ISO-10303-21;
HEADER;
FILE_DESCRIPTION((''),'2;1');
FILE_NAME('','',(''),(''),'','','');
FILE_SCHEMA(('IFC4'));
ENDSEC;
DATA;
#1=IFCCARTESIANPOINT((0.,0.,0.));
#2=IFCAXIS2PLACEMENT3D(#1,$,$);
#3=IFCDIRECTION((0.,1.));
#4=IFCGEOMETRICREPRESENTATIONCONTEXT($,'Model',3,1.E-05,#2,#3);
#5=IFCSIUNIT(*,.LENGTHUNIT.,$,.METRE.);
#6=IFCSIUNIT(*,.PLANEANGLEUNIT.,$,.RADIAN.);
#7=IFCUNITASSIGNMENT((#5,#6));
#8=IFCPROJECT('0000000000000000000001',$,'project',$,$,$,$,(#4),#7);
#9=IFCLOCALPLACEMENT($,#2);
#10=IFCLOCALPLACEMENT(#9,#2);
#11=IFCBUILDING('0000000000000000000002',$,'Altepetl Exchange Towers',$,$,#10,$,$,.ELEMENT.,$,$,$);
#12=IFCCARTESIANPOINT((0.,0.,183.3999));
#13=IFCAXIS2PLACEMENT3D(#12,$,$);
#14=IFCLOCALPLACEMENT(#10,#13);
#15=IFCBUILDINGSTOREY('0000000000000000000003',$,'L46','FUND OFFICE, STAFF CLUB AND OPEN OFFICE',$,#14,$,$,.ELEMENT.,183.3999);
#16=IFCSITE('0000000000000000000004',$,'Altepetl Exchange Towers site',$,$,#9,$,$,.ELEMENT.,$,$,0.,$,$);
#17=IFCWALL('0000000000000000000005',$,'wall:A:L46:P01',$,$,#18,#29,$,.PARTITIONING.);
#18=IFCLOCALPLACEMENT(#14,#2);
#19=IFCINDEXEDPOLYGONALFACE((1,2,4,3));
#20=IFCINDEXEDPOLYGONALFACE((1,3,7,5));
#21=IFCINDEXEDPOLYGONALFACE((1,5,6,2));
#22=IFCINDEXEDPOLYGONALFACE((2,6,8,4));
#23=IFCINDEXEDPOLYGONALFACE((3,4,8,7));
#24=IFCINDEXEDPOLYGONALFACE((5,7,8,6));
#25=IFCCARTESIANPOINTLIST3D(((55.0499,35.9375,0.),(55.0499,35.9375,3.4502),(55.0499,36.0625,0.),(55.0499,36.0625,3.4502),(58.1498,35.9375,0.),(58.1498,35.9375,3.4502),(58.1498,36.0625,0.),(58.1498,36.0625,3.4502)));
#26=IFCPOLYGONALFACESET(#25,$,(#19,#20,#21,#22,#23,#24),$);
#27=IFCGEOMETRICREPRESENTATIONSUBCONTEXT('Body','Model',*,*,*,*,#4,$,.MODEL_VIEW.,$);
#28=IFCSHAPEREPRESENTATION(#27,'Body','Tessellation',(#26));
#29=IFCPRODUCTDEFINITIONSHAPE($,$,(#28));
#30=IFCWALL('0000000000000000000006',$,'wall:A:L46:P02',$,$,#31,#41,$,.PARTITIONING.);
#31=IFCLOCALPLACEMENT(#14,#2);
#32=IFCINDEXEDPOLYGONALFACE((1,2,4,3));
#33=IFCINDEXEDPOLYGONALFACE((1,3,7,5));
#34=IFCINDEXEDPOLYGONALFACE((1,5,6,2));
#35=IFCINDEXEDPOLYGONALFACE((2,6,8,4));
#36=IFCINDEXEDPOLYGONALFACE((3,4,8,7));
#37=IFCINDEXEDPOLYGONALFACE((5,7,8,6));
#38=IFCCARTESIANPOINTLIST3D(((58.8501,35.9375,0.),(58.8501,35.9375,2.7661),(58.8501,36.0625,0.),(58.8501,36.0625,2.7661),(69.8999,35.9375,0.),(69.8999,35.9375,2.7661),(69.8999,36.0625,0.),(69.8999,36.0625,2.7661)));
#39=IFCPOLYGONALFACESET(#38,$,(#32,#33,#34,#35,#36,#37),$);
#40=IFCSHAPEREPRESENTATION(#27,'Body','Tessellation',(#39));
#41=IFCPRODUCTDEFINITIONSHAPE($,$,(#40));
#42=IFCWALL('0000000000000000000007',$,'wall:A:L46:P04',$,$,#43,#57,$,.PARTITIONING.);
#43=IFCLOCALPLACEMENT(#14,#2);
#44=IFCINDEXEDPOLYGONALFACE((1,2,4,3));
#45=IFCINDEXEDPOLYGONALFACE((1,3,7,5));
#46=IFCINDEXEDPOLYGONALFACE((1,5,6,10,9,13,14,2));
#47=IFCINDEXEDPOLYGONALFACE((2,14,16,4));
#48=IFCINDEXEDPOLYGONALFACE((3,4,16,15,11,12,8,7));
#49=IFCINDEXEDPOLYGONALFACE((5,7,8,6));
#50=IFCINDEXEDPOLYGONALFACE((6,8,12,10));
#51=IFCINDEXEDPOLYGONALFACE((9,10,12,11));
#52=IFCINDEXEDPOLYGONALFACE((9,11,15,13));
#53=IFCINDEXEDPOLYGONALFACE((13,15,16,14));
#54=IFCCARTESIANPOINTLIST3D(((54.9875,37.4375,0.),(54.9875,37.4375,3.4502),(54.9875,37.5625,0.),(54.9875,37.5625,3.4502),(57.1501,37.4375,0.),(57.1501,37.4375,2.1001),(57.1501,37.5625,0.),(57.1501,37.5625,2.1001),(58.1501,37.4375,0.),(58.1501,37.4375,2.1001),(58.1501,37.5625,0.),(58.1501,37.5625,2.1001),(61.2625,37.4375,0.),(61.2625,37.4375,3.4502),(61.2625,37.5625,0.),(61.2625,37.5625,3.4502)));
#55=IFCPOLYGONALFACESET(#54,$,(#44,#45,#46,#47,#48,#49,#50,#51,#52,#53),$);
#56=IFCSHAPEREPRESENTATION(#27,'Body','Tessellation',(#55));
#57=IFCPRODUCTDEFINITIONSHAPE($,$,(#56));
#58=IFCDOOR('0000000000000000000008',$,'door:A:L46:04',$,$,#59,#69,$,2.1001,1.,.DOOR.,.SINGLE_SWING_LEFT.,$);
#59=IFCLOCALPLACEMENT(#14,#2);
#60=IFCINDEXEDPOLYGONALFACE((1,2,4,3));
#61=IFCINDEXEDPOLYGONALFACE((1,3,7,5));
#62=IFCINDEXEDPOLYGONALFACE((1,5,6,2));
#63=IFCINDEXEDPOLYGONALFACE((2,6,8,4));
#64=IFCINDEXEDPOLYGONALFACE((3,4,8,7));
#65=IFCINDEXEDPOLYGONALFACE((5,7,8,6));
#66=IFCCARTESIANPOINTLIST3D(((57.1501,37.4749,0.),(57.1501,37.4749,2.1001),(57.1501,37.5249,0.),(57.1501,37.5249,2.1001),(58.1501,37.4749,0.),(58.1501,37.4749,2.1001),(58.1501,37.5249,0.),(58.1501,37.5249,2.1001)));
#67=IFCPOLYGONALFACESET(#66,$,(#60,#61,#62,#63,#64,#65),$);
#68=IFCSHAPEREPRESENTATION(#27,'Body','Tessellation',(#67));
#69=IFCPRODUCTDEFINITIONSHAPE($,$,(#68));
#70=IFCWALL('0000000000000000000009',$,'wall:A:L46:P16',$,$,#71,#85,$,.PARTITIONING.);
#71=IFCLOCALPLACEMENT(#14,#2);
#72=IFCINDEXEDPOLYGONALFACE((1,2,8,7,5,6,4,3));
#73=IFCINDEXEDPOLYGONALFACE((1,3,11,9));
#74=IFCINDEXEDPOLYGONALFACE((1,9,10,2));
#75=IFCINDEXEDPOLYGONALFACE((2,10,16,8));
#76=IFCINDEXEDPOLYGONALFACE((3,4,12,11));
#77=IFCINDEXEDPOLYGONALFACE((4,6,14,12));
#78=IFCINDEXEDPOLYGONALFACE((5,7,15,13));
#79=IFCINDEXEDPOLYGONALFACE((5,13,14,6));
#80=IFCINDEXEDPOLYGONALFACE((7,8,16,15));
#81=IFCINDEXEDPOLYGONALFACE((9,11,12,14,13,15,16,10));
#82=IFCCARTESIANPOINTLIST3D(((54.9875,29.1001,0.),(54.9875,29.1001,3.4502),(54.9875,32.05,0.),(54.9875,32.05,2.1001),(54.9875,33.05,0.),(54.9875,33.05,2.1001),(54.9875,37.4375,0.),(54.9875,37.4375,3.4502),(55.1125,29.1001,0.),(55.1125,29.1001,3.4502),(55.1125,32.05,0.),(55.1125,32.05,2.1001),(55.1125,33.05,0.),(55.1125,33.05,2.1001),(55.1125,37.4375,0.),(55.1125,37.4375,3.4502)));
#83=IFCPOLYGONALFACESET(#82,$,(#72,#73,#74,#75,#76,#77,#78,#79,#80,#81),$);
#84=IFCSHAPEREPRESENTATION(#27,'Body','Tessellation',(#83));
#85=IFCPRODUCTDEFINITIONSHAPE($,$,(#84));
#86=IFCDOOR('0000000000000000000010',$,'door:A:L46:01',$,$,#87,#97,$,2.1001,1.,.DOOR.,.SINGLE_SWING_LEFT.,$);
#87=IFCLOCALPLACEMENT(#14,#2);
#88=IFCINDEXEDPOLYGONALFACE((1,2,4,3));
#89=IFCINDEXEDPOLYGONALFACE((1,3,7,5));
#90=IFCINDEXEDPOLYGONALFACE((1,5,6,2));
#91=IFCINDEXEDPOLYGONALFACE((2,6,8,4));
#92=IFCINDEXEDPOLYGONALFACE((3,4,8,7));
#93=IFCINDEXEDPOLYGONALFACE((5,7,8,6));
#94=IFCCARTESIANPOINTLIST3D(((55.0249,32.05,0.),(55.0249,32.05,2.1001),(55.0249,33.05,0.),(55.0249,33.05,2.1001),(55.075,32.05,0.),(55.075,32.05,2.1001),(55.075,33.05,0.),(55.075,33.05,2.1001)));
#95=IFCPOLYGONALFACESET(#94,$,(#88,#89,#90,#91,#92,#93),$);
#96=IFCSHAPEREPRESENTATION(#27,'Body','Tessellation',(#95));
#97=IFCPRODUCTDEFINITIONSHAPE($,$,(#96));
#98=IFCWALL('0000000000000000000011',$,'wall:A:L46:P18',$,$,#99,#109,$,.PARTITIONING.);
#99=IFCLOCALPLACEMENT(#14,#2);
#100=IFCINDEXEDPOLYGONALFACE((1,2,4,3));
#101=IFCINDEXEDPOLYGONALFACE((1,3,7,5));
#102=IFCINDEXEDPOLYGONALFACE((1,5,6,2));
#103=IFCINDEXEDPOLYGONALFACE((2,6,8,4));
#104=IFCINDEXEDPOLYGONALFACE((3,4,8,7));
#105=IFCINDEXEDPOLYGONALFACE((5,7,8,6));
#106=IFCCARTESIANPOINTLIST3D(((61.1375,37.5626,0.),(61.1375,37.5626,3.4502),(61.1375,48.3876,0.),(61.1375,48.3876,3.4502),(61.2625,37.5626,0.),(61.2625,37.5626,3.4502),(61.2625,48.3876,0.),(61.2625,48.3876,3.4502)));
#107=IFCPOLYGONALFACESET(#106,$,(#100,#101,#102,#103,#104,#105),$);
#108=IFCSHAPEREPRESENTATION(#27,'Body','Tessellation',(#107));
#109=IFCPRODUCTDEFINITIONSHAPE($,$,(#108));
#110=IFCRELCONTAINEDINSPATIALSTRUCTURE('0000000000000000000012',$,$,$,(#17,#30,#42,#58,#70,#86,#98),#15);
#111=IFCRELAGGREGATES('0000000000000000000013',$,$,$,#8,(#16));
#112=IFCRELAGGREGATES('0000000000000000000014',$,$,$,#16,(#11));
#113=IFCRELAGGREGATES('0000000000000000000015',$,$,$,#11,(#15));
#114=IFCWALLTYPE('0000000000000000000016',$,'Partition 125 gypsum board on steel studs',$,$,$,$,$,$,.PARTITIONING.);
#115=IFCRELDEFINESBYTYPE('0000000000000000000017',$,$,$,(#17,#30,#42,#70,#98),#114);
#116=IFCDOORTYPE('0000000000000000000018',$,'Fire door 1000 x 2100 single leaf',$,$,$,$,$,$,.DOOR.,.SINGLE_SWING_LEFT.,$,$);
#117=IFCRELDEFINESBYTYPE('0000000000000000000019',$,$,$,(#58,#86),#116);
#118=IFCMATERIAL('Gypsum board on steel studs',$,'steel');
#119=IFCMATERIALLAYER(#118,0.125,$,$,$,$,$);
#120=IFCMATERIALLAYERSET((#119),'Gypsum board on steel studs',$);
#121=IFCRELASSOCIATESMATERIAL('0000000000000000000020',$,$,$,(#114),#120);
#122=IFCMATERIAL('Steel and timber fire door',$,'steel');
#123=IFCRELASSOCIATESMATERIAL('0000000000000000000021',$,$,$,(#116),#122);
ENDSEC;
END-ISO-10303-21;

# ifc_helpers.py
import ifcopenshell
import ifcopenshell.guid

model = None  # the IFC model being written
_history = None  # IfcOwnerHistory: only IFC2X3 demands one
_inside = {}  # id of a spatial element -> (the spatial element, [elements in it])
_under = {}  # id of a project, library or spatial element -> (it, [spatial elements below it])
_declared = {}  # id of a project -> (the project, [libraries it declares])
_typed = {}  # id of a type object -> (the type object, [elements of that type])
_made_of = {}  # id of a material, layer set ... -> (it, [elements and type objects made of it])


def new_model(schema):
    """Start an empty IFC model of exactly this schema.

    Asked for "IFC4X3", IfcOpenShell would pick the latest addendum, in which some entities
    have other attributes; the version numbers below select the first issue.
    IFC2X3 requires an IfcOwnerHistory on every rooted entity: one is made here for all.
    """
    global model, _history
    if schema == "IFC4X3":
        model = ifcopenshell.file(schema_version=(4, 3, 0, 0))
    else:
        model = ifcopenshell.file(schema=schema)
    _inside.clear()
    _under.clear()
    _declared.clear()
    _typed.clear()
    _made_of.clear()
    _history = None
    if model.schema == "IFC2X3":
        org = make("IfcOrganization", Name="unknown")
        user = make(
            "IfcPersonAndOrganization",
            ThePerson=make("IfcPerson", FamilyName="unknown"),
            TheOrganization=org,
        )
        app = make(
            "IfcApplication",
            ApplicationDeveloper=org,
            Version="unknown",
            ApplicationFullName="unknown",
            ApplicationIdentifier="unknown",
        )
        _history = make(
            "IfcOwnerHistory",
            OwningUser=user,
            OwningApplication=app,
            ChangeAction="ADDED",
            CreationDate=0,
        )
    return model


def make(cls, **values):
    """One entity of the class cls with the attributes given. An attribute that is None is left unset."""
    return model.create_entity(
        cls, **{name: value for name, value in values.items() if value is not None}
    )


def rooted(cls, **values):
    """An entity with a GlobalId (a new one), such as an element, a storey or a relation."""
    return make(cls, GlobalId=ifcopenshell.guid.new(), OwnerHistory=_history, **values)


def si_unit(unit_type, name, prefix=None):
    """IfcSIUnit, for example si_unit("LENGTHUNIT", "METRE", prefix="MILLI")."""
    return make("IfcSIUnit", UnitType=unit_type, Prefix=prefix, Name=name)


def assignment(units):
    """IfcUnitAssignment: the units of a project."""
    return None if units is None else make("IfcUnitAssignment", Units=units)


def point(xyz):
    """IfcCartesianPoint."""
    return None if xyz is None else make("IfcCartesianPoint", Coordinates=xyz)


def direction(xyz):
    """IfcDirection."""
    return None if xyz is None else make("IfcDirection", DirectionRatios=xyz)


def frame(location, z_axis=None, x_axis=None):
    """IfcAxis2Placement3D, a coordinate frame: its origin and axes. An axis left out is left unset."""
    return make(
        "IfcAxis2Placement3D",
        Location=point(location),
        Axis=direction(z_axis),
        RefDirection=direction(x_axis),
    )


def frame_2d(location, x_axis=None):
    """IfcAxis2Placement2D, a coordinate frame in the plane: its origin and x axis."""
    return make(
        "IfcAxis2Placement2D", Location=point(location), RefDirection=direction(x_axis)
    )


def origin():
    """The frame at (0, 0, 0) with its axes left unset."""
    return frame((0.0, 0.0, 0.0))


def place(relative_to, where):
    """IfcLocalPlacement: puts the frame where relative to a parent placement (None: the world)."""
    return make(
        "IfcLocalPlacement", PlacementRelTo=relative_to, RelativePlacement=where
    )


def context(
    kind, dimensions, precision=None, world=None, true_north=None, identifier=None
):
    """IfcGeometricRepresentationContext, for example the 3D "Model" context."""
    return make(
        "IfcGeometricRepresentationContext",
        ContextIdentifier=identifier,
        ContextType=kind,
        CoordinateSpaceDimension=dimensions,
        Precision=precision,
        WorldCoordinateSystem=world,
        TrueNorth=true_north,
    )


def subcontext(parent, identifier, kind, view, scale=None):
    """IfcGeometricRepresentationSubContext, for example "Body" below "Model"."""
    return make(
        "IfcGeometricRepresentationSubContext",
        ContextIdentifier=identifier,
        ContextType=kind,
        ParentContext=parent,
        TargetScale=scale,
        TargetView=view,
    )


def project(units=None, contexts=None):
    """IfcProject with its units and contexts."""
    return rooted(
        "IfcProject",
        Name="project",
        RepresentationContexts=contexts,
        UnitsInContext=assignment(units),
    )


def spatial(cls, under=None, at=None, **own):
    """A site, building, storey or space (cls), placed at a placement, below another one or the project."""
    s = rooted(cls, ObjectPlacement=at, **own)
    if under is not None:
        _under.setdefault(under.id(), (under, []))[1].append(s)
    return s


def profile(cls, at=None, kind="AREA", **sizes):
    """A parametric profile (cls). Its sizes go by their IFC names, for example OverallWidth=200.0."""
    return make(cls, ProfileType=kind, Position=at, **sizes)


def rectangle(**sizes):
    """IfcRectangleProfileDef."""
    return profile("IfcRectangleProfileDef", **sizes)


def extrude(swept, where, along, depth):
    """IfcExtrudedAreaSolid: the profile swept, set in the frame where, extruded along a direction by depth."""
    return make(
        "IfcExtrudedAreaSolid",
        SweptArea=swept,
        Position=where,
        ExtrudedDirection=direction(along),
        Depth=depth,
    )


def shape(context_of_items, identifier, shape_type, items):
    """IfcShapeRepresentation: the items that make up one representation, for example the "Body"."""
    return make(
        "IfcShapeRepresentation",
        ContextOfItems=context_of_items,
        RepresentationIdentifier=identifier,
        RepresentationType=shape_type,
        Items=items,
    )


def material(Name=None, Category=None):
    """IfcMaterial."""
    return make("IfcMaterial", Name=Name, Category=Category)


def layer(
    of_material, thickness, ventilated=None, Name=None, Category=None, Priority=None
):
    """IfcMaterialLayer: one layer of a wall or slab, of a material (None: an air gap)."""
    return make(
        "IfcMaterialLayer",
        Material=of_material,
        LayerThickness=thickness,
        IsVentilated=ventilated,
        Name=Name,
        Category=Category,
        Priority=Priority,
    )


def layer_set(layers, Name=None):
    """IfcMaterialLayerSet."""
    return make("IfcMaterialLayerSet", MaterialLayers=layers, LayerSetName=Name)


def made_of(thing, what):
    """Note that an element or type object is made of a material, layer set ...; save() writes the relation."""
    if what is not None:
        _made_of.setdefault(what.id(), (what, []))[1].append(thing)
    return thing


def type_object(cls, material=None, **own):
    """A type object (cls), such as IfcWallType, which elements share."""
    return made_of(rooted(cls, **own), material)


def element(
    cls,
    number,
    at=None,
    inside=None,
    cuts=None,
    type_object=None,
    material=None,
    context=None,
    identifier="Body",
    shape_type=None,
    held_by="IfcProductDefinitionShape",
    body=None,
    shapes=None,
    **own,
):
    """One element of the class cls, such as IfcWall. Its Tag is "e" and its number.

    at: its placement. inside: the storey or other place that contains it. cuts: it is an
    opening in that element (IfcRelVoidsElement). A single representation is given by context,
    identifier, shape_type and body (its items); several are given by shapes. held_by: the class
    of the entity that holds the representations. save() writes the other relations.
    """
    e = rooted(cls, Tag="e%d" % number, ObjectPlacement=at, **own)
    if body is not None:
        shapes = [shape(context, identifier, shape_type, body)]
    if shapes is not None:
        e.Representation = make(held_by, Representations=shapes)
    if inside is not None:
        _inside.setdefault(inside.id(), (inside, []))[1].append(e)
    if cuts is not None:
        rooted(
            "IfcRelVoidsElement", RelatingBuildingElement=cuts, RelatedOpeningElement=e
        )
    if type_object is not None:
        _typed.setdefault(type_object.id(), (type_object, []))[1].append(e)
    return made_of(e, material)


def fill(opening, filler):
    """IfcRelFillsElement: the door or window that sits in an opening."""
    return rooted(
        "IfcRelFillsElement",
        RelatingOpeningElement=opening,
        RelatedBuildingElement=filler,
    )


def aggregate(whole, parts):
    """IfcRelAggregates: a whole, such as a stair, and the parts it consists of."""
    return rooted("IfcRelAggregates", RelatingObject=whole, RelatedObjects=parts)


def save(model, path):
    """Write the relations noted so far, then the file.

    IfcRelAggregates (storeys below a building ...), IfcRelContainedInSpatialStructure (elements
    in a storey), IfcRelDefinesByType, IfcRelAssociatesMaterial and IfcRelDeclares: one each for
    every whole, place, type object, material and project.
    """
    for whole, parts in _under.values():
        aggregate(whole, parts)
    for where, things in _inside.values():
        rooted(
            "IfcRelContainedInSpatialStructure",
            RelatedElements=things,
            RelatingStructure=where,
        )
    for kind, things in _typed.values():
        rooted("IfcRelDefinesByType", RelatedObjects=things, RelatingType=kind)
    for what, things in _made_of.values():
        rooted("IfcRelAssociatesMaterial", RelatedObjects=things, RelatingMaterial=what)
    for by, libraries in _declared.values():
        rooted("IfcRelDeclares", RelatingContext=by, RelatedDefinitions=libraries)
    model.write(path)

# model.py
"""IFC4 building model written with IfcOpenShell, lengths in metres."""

from ifc_helpers import new_model, si_unit, direction, frame, frame_2d, origin, place, context, subcontext, project, spatial, rectangle, extrude, material, layer, layer_set, type_object, element, fill, save


model = new_model("IFC4")

# Units and contexts
model_context = context("Model", 3, precision=1e-05, world=origin(), true_north=direction((0.0, 1.0)))
body_context = subcontext(model_context, "Body", "Model", "MODEL_VIEW")
ifc_project = project(units=[si_unit("LENGTHUNIT", "METRE"), si_unit("PLANEANGLEUNIT", "RADIAN")], contexts=[model_context])

# Site, building, storey
site_placement = place(None, origin())
site = spatial("IfcSite", under=ifc_project, at=site_placement, Name="Altepetl Exchange Towers site", CompositionType="ELEMENT", RefElevation=0.0)
building_placement = place(site_placement, origin())
building = spatial("IfcBuilding", under=site, at=building_placement, Name="Altepetl Exchange Towers", CompositionType="ELEMENT")
storey_placement = place(building_placement, frame((0.0, 0.0, 183.3999)))
storey = spatial("IfcBuildingStorey", under=building, at=storey_placement, Name="L46", Description="FUND OFFICE, STAFF CLUB AND OPEN OFFICE", CompositionType="ELEMENT", Elevation=183.3999)

# Walls
ifc_material_1 = material(Name="Gypsum board on steel studs", Category="steel")
ifc_layer_1 = layer(ifc_material_1, 0.125)
ifc_layer_set_1 = layer_set([ifc_layer_1], Name="Gypsum board on steel studs")
wall_type = type_object("IfcWallType", Name="Partition 125 gypsum board on steel studs", PredefinedType="PARTITIONING", material=ifc_layer_set_1)
wall_1_placement = place(storey_placement, frame((55.05, 36.0, 0.0)))
element("IfcWall", 1, at=wall_1_placement, inside=storey, type_object=wall_type, Name="wall:A:L46:P01", PredefinedType="PARTITIONING", context=body_context, shape_type="SweptSolid", body=[
    extrude(rectangle(XDim=3.0999, YDim=0.125, at=frame_2d((1.5498, 0.0))), origin(), (0.0, 0.0, 1.0), 3.4502),
])
wall_2_placement = place(storey_placement, frame((58.8501, 36.0, 0.0)))
element("IfcWall", 2, at=wall_2_placement, inside=storey, type_object=wall_type, Name="wall:A:L46:P02", PredefinedType="PARTITIONING", context=body_context, shape_type="SweptSolid", body=[
    extrude(rectangle(XDim=11.0498, YDim=0.125, at=frame_2d((5.5249, 0.0))), origin(), (0.0, 0.0, 1.0), 2.7661),
])

# Walls, openings, doors
wall_3_placement = place(storey_placement, frame((54.9875, 37.5, 0.0)))
wall_3 = element("IfcWall", 3, at=wall_3_placement, inside=storey, type_object=wall_type, Name="wall:A:L46:P04", PredefinedType="PARTITIONING", context=body_context, shape_type="SweptSolid", body=[
    extrude(rectangle(XDim=6.2749, YDim=0.125, at=frame_2d((3.1375, 0.0))), origin(), (0.0, 0.0, 1.0), 3.4502),
])
opening_1_placement = place(wall_3_placement, frame((2.1626, 0.0, 0.0)))
opening_1 = element("IfcOpeningElement", 4, at=opening_1_placement, cuts=wall_3, PredefinedType="OPENING", context=body_context, shape_type="SweptSolid", body=[
    extrude(rectangle(XDim=1.0, YDim=2.1001, at=frame_2d((0.5, 1.05))), frame((0.0, 0.0725, 0.0), z_axis=(0.0, -1.0, 0.0), x_axis=(1.0, 0.0, 0.0)), (0.0, 0.0, 1.0), 0.145),
])
ifc_material_2 = material(Name="Steel and timber fire door", Category="steel")
door_type = type_object("IfcDoorType", Name="Fire door 1000 x 2100 single leaf", OperationType="SINGLE_SWING_LEFT", PredefinedType="DOOR", material=ifc_material_2)
door_1_placement = place(opening_1_placement, origin())
door_1 = element("IfcDoor", 5, at=door_1_placement, inside=storey, type_object=door_type, Name="door:A:L46:04", OperationType="SINGLE_SWING_LEFT", OverallHeight=2.1001, OverallWidth=1.0, PredefinedType="DOOR", context=body_context, shape_type="SweptSolid", body=[
    extrude(rectangle(XDim=1.0, YDim=2.1001, at=frame_2d((0.5, 1.05))), frame((0.0, 0.0249, 0.0), z_axis=(0.0, -1.0, 0.0), x_axis=(1.0, 0.0, 0.0)), (0.0, 0.0, 1.0), 0.05),
])
fill(opening_1, door_1)
wall_4_placement = place(storey_placement, frame((55.05, 29.1001, 0.0), z_axis=(0.0, 0.0, 1.0), x_axis=(0.0, 1.0, 0.0)))
wall_4 = element("IfcWall", 6, at=wall_4_placement, inside=storey, type_object=wall_type, Name="wall:A:L46:P16", PredefinedType="PARTITIONING", context=body_context, shape_type="SweptSolid", body=[
    extrude(rectangle(XDim=8.3374, YDim=0.125, at=frame_2d((4.1687, 0.0))), origin(), (0.0, 0.0, 1.0), 3.4502),
])
opening_2_placement = place(wall_4_placement, frame((2.95, 0.0, 0.0)))
opening_2 = element("IfcOpeningElement", 7, at=opening_2_placement, cuts=wall_4, PredefinedType="OPENING", context=body_context, shape_type="SweptSolid", body=[
    extrude(rectangle(XDim=1.0, YDim=2.1001, at=frame_2d((0.5, 1.05))), frame((0.0, 0.0725, 0.0), z_axis=(0.0, -1.0, 0.0), x_axis=(1.0, 0.0, 0.0)), (0.0, 0.0, 1.0), 0.145),
])
door_2_placement = place(opening_2_placement, frame((1.0, 0.0, 0.0), x_axis=(-1.0, 0.0, 0.0)))
door_2 = element("IfcDoor", 8, at=door_2_placement, inside=storey, type_object=door_type, Name="door:A:L46:01", OperationType="SINGLE_SWING_LEFT", OverallHeight=2.1001, OverallWidth=1.0, PredefinedType="DOOR", context=body_context, shape_type="SweptSolid", body=[
    extrude(rectangle(XDim=1.0, YDim=2.1001, at=frame_2d((0.5, 1.05))), frame((0.0, 0.0249, 0.0), z_axis=(0.0, -1.0, 0.0), x_axis=(1.0, 0.0, 0.0)), (0.0, 0.0, 1.0), 0.05),
])
fill(opening_2, door_2)

# Wall
wall_5_placement = place(storey_placement, frame((61.2, 37.5625, 0.0), z_axis=(0.0, 0.0, 1.0), x_axis=(0.0, 1.0, 0.0)))
element("IfcWall", 9, at=wall_5_placement, inside=storey, type_object=wall_type, Name="wall:A:L46:P18", PredefinedType="PARTITIONING", context=body_context, shape_type="SweptSolid", body=[
    extrude(rectangle(XDim=10.825, YDim=0.125, at=frame_2d((5.4126, 0.0))), origin(), (0.0, 0.0, 1.0), 3.4502),
])

save(model, "model.ifc")
